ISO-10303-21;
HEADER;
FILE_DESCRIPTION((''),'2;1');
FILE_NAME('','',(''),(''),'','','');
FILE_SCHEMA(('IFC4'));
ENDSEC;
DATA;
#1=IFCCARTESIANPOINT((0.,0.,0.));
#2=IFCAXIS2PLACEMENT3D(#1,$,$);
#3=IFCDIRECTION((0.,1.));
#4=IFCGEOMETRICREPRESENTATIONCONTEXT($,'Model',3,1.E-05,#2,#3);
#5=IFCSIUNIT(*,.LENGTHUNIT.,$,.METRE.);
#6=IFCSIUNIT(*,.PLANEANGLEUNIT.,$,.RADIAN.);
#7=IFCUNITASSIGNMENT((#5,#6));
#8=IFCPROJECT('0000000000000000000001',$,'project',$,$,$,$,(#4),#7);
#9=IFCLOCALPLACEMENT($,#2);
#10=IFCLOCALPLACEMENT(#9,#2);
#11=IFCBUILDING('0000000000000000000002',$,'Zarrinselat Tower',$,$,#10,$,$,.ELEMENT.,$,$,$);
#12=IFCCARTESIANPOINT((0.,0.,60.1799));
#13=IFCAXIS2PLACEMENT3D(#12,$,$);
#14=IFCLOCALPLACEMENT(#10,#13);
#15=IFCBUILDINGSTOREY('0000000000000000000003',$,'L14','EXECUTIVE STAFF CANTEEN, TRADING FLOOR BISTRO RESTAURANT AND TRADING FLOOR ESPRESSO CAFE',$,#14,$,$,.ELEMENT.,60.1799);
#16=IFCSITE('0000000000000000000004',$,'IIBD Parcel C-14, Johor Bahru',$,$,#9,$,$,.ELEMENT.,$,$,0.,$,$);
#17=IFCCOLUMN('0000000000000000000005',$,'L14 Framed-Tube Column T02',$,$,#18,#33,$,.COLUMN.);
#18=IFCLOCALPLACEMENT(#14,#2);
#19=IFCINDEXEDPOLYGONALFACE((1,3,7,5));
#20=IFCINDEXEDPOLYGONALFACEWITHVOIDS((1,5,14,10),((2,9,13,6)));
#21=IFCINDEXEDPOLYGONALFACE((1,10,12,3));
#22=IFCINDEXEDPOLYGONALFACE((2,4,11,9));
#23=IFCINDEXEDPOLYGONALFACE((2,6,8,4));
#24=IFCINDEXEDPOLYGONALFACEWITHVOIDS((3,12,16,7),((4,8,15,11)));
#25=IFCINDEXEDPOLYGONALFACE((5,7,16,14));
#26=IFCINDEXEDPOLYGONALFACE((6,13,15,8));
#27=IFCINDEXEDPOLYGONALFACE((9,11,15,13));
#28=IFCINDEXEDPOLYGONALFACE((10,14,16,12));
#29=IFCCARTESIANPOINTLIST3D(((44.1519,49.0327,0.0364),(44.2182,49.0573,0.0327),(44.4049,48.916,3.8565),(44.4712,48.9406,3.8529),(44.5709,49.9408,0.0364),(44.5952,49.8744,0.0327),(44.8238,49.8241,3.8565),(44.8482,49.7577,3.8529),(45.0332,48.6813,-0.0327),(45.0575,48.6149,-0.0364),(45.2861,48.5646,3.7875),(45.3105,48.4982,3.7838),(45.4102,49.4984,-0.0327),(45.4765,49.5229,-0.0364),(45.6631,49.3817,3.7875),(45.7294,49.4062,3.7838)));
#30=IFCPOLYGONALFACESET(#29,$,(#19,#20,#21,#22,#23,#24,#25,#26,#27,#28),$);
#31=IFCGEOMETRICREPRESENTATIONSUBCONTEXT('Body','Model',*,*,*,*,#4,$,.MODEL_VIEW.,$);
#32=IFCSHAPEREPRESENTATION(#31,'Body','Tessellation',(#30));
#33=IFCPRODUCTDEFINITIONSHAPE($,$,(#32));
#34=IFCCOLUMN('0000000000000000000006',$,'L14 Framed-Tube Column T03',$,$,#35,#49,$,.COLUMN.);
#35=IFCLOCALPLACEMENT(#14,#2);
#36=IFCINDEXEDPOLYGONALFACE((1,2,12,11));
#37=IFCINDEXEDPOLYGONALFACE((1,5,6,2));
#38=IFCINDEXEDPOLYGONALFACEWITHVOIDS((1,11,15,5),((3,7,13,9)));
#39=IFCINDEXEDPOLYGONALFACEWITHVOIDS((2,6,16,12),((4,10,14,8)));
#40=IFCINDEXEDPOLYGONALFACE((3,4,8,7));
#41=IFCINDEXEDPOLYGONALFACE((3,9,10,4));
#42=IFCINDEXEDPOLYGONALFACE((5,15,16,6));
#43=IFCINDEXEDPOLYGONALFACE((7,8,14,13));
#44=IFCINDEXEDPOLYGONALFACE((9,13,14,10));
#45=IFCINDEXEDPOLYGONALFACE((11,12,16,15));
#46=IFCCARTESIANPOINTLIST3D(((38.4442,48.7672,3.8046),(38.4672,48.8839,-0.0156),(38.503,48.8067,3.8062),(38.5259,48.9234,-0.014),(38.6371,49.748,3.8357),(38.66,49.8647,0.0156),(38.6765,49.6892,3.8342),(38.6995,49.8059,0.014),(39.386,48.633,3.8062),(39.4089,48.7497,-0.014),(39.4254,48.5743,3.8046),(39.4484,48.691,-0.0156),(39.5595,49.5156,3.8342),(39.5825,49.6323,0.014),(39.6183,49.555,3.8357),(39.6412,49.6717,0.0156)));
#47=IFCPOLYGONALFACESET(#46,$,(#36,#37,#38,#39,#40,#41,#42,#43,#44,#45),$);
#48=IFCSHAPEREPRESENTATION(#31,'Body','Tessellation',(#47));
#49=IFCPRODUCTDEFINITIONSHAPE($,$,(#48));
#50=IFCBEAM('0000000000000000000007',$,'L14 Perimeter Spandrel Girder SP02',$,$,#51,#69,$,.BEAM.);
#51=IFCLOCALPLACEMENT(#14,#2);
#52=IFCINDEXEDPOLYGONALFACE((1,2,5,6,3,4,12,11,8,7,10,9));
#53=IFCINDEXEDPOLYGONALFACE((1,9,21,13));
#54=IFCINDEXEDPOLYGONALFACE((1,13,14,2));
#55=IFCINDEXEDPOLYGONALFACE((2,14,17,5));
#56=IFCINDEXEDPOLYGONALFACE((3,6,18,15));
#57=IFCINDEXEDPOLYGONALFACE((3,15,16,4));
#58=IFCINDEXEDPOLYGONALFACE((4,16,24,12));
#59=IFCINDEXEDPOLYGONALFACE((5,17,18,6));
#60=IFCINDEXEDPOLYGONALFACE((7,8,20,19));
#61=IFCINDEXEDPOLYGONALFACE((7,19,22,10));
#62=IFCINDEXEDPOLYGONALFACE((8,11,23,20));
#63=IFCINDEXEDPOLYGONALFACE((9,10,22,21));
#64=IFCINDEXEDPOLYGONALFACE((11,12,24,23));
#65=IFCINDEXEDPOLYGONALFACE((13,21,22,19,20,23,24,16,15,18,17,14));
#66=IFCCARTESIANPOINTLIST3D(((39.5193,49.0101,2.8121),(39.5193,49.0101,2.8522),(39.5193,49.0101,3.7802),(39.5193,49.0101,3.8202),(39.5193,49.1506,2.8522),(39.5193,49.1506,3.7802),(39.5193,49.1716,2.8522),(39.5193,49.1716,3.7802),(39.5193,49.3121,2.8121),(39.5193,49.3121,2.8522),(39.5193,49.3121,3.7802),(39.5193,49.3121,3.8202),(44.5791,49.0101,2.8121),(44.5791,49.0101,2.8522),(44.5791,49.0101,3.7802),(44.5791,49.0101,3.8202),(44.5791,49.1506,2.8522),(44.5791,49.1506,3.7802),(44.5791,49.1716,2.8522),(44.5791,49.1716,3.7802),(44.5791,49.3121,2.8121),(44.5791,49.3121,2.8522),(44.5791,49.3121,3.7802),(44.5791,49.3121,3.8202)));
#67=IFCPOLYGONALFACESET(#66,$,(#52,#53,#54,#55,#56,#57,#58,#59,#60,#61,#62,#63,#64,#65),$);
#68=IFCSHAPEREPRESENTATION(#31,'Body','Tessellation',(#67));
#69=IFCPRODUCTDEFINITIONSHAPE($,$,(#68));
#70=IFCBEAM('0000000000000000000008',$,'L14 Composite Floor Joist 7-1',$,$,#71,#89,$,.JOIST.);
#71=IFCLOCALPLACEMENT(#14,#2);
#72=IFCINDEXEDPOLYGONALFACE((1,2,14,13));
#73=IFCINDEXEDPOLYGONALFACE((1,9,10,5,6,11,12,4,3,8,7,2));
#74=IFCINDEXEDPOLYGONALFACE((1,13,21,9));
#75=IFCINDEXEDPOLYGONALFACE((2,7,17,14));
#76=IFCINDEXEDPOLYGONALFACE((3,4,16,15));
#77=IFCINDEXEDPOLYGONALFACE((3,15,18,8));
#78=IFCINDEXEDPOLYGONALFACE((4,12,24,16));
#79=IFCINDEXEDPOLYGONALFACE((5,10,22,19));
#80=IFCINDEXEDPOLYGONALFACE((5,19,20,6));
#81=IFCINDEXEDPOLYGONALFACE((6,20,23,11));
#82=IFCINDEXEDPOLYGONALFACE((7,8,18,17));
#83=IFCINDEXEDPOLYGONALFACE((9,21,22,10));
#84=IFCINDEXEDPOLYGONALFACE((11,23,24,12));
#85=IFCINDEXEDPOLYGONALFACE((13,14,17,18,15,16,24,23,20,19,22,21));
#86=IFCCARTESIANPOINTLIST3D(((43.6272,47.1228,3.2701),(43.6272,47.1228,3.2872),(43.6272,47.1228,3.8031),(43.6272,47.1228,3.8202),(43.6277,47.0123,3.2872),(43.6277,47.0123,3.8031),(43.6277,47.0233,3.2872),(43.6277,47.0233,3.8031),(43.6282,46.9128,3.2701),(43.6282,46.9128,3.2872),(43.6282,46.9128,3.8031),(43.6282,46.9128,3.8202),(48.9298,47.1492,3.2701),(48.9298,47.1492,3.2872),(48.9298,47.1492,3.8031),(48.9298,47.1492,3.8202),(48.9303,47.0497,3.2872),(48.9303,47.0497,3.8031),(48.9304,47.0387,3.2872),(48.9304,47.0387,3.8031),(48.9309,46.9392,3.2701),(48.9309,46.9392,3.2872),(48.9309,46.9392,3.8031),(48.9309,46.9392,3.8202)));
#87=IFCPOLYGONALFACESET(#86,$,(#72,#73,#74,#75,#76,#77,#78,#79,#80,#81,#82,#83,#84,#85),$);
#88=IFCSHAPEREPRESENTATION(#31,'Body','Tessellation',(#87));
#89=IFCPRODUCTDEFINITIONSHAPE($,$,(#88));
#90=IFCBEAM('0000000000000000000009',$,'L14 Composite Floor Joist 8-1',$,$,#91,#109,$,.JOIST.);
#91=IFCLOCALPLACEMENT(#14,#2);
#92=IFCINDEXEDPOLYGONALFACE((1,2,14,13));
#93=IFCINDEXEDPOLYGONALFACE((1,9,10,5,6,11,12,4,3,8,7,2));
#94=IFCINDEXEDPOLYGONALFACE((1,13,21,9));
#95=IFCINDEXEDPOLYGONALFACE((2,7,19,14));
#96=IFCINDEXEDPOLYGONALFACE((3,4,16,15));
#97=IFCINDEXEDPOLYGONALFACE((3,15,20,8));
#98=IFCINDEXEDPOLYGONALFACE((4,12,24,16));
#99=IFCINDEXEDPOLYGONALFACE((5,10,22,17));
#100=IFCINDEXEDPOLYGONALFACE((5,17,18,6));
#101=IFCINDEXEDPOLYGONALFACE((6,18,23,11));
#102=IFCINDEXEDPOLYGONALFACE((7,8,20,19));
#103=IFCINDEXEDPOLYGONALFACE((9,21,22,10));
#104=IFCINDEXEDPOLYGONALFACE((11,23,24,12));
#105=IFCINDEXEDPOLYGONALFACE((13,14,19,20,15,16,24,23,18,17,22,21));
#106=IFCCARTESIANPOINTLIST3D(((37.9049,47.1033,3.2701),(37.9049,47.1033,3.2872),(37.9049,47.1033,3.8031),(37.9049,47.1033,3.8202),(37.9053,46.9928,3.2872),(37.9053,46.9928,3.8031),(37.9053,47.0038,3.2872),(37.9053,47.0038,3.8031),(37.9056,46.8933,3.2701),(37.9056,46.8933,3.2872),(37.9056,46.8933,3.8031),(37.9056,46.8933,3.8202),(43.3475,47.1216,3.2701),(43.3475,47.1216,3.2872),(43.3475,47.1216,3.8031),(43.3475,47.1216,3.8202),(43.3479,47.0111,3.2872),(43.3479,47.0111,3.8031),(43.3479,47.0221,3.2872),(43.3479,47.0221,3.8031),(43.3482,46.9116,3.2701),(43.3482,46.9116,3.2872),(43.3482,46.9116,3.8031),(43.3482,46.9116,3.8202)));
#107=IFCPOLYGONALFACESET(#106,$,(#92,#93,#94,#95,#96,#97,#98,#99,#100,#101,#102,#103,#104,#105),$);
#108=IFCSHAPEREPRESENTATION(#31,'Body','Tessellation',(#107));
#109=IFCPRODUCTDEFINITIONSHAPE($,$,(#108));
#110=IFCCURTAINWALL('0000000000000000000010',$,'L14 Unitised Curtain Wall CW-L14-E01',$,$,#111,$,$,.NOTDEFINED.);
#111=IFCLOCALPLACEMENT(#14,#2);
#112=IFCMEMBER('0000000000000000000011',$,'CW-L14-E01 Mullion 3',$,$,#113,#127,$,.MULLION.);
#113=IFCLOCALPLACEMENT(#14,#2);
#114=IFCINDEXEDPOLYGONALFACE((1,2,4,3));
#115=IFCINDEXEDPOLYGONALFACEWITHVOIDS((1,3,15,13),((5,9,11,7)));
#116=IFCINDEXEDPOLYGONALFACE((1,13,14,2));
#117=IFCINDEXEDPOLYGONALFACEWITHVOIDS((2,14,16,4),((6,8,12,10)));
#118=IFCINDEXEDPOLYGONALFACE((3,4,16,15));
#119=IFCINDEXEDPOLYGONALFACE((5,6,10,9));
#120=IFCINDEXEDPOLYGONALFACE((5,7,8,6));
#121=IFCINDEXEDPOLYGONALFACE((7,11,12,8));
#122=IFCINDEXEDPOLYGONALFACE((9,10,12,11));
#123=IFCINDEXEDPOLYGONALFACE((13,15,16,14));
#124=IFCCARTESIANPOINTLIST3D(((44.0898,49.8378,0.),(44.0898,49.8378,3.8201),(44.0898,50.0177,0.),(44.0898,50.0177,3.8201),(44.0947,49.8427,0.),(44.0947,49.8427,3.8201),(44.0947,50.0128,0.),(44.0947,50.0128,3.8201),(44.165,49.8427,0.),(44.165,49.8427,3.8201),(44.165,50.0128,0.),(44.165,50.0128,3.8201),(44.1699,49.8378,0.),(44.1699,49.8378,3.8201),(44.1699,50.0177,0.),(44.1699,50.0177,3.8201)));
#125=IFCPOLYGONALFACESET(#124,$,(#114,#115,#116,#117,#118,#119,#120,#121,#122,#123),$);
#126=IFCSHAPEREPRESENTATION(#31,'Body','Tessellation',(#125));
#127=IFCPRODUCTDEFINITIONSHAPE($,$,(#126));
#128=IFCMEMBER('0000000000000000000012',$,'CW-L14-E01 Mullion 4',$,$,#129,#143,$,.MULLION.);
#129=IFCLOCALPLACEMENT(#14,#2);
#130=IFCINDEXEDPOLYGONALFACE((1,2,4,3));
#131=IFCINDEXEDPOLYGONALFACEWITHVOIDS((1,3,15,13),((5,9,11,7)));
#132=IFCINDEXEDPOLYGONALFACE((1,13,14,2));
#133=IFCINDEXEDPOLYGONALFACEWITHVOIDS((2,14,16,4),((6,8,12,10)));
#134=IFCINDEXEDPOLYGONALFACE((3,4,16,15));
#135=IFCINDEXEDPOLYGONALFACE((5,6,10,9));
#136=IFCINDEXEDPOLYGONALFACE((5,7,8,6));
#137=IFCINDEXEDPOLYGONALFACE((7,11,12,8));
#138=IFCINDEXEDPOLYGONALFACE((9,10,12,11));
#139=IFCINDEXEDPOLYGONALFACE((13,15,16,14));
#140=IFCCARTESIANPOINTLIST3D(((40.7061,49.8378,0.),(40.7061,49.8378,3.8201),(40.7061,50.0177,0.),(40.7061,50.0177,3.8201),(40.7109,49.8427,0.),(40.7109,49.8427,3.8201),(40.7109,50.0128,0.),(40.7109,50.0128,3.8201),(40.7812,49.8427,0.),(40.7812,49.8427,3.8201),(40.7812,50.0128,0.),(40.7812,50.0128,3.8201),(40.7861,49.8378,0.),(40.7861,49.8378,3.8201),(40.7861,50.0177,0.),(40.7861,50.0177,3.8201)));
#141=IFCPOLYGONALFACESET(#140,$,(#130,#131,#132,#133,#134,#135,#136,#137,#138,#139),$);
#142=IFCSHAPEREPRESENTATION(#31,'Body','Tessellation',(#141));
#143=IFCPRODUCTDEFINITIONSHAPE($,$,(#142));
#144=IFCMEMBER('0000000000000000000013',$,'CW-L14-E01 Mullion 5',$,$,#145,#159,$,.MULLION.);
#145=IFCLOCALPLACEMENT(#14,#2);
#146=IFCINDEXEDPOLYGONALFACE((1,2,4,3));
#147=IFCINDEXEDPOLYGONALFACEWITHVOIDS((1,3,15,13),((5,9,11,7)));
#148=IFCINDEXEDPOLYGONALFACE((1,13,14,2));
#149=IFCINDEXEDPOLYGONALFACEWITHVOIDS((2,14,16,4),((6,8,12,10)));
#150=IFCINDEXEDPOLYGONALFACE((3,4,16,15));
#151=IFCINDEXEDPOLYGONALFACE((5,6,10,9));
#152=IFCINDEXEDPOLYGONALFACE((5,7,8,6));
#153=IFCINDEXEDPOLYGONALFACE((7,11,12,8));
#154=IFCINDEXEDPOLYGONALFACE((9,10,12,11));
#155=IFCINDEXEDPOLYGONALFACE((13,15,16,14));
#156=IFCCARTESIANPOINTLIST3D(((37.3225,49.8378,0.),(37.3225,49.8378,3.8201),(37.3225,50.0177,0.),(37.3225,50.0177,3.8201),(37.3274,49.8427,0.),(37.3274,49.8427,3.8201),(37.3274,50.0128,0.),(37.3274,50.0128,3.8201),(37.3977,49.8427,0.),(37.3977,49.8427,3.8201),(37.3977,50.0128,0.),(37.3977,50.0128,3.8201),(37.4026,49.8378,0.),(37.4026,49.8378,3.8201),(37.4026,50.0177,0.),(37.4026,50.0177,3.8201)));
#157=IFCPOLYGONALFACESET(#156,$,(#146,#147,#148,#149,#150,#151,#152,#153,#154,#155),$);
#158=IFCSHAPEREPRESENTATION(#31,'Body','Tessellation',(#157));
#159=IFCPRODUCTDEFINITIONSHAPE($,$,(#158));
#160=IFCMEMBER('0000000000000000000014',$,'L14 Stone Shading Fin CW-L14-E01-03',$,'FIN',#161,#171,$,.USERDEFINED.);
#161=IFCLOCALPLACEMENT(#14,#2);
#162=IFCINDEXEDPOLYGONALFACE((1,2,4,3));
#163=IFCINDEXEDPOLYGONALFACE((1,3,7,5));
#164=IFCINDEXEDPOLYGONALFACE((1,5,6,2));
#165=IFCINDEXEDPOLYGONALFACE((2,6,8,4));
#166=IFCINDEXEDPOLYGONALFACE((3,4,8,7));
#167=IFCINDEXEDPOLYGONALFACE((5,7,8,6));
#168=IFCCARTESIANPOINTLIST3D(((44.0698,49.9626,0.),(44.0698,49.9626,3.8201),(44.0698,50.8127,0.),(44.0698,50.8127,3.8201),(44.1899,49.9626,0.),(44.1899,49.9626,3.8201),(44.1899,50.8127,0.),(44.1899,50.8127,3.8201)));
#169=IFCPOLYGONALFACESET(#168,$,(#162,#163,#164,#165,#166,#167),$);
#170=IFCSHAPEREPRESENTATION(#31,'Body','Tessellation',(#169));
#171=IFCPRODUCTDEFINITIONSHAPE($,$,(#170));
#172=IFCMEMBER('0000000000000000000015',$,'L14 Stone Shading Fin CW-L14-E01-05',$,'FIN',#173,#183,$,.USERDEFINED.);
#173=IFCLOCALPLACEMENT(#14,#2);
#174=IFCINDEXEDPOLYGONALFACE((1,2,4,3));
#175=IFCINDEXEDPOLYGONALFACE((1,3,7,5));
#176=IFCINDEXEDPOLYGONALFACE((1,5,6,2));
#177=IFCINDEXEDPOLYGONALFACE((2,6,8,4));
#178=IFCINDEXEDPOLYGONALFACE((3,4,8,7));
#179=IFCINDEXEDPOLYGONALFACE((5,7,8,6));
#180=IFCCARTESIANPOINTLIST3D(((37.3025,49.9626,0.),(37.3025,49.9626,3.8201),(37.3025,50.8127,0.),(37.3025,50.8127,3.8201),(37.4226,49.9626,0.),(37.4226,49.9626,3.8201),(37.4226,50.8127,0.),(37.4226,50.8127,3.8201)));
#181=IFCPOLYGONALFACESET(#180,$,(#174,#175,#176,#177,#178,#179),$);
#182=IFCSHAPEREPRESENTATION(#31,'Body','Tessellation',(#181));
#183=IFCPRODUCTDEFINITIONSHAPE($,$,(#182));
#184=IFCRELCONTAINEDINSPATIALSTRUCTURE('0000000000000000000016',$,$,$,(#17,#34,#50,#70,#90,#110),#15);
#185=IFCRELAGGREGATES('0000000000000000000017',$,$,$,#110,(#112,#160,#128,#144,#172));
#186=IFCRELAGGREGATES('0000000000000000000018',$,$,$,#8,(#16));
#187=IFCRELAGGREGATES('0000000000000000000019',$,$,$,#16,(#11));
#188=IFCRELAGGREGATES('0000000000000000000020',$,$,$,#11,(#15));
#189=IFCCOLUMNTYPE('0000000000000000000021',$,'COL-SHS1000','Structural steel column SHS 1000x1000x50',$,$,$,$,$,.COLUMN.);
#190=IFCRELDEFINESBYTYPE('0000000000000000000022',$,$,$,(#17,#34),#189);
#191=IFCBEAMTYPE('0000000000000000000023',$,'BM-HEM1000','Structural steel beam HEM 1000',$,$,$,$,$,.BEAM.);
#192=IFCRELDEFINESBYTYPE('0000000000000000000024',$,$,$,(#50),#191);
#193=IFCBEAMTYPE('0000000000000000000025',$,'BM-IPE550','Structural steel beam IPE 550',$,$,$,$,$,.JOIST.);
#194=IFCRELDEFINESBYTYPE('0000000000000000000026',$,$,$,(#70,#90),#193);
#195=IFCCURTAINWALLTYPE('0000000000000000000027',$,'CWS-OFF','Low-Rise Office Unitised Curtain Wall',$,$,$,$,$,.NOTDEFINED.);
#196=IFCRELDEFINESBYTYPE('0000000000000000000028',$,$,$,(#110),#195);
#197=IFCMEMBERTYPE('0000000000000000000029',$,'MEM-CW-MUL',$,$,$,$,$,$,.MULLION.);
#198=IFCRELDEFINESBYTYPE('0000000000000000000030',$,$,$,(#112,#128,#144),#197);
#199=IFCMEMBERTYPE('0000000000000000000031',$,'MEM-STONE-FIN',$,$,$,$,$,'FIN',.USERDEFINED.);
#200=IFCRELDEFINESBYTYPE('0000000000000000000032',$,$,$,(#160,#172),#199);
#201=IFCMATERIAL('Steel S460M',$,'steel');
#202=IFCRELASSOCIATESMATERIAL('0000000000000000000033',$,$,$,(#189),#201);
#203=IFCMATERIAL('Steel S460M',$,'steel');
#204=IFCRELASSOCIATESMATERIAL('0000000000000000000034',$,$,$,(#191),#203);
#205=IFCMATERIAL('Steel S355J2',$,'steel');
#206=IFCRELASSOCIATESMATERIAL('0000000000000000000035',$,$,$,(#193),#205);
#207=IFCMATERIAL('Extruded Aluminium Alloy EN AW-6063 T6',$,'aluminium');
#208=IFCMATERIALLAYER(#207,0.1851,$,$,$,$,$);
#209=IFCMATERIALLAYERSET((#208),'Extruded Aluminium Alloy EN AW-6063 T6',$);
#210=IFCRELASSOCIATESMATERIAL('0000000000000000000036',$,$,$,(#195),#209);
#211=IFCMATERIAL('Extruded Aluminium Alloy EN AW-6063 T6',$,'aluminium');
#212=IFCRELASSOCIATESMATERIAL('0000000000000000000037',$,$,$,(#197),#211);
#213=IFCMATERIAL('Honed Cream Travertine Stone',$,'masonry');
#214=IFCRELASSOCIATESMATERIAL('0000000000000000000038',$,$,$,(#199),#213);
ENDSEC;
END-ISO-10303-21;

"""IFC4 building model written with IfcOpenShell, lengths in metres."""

from ifc_helpers import new_model, si_unit, direction, frame, origin, origin_2d, place, context, subcontext, project, spatial, rectangle, hollow_rectangle, i_section, extrude, material, layer, layer_set, material_profile, profile_set, type_object, element, aggregate, save


model = new_model("IFC4")

# Units and contexts
model_context = context("Model", 3, precision=1e-05, world=origin(), true_north=direction((0.0, 1.0)))
body_context = subcontext(model_context, "Body", "Model", "MODEL_VIEW")
ifc_project = project(units=[si_unit("LENGTHUNIT", "METRE"), si_unit("PLANEANGLEUNIT", "RADIAN")], contexts=[model_context])

# Site, building, storey
site_placement = place(None, origin())
site = spatial("IfcSite", under=ifc_project, at=site_placement, Name="IIBD Parcel C-14, Johor Bahru", CompositionType="ELEMENT", RefElevation=0.0)
building_placement = place(site_placement, origin())
building = spatial("IfcBuilding", under=site, at=building_placement, Name="Zarrinselat Tower", CompositionType="ELEMENT")
storey_placement = place(building_placement, frame((0.0, 0.0, 60.1799)))
storey = spatial("IfcBuildingStorey", under=building, at=storey_placement, Name="L14", Description="EXECUTIVE STAFF CANTEEN, TRADING FLOOR BISTRO RESTAURANT AND TRADING FLOOR ESPRESSO CAFE", CompositionType="ELEMENT", Elevation=60.1799)

# Columns
ifc_material_1 = material(Name="Steel S460M", Category="steel")
ifc_material_profile_1 = material_profile(ifc_material_1, hollow_rectangle(XDim=1.0, YDim=1.0, WallThickness=0.05, at=origin_2d()), Name="SHS 1000x1000x50")
ifc_profile_set_1 = profile_set([ifc_material_profile_1], Name="Steel S460M")
column_type = type_object("IfcColumnType", Name="COL-SHS1000", Description="Structural steel column SHS 1000x1000x50", PredefinedType="COLUMN", material=ifc_profile_set_1)
column_1_placement = place(storey_placement, frame((44.8142, 49.2778, 0.0), z_axis=(0.066035, -0.030468, 0.997352), x_axis=(0.418947, 0.908011, 0.0)))
element("IfcColumn", 1, at=column_1_placement, inside=storey, type_object=column_type, Name="L14 Framed-Tube Column T02", PredefinedType="COLUMN", context=body_context, shape_type="SweptSolid", body=[
    extrude(hollow_rectangle(XDim=1.0, YDim=1.0, WallThickness=0.05, at=origin_2d()), origin(), (0.0, 0.0, 1.0), 3.8303),
])
column_2_placement = place(storey_placement, frame((39.0542, 49.2778, 0.0), z_axis=(-0.006005, -0.030534, 0.999516), x_axis=(0.981207, -0.192957, 0.0)))
element("IfcColumn", 2, at=column_2_placement, inside=storey, type_object=column_type, Name="L14 Framed-Tube Column T03", PredefinedType="COLUMN", context=body_context, shape_type="SweptSolid", body=[
    extrude(hollow_rectangle(XDim=1.0, YDim=1.0, WallThickness=0.05, at=origin_2d()), origin(), (0.0, 0.0, 1.0), 3.822),
])

# Beams
ifc_material_2 = material(Name="Steel S460M", Category="steel")
ifc_material_profile_2 = material_profile(ifc_material_2, i_section(OverallWidth=0.302, OverallDepth=1.0081, WebThickness=0.021, FlangeThickness=0.04, at=origin_2d()), Name="HEM 1000")
ifc_profile_set_2 = profile_set([ifc_material_profile_2], Name="Steel S460M")
beam_type_1 = type_object("IfcBeamType", Name="BM-HEM1000", Description="Structural steel beam HEM 1000", PredefinedType="BEAM", material=ifc_profile_set_2)
beam_1_placement = place(storey_placement, frame((39.5193, 49.1611, 3.3162), z_axis=(1.0, 0.0, 0.0), x_axis=(0.0, 1.0, 0.0)))
element("IfcBeam", 3, at=beam_1_placement, inside=storey, type_object=beam_type_1, Name="L14 Perimeter Spandrel Girder SP02", PredefinedType="BEAM", context=body_context, shape_type="SweptSolid", body=[
    extrude(i_section(OverallWidth=0.302, OverallDepth=1.0081, WebThickness=0.021, FlangeThickness=0.04, at=origin_2d()), origin(), (0.0, 0.0, 1.0), 5.0598),
])
ifc_material_3 = material(Name="Steel S355J2", Category="steel")
ifc_material_profile_3 = material_profile(ifc_material_3, i_section(OverallWidth=0.21, OverallDepth=0.55, WebThickness=0.011, FlangeThickness=0.0171, at=origin_2d()), Name="IPE 550")
ifc_profile_set_3 = profile_set([ifc_material_profile_3], Name="Steel S355J2")
beam_type_2 = type_object("IfcBeamType", Name="BM-IPE550", Description="Structural steel beam IPE 550", PredefinedType="JOIST", material=ifc_profile_set_3)
beam_2_placement = place(storey_placement, frame((43.6277, 47.0178, 3.5452), z_axis=(0.999988, 0.004972, 0.0), x_axis=(-0.004972, 0.999988, 0.0)))
element("IfcBeam", 4, at=beam_2_placement, inside=storey, type_object=beam_type_2, Name="L14 Composite Floor Joist 7-1", PredefinedType="JOIST", context=body_context, shape_type="SweptSolid", body=[
    extrude(i_section(OverallWidth=0.21, OverallDepth=0.55, WebThickness=0.011, FlangeThickness=0.0171, at=origin_2d()), origin(), (0.0, 0.0, 1.0), 5.3027),
])
beam_3_placement = place(storey_placement, frame((37.9053, 46.9983, 3.5452), z_axis=(0.999994, 0.003364, 0.0), x_axis=(-0.003364, 0.999994, 0.0)))
element("IfcBeam", 5, at=beam_3_placement, inside=storey, type_object=beam_type_2, Name="L14 Composite Floor Joist 8-1", PredefinedType="JOIST", context=body_context, shape_type="SweptSolid", body=[
    extrude(i_section(OverallWidth=0.21, OverallDepth=0.55, WebThickness=0.011, FlangeThickness=0.0171, at=origin_2d()), origin(), (0.0, 0.0, 1.0), 5.4426),
])

# Curtain wall, members
ifc_material_4 = material(Name="Extruded Aluminium Alloy EN AW-6063 T6", Category="aluminium")
ifc_layer_1 = layer(ifc_material_4, 0.1851)
ifc_layer_set_1 = layer_set([ifc_layer_1], Name="Extruded Aluminium Alloy EN AW-6063 T6")
curtain_wall_type = type_object("IfcCurtainWallType", Name="CWS-OFF", Description="Low-Rise Office Unitised Curtain Wall", PredefinedType="NOTDEFINED", material=ifc_layer_set_1)
curtain_wall_placement = place(storey_placement, origin())
curtain_wall = element("IfcCurtainWall", 6, at=curtain_wall_placement, inside=storey, type_object=curtain_wall_type, Name="L14 Unitised Curtain Wall CW-L14-E01", PredefinedType="NOTDEFINED")
ifc_material_5 = material(Name="Extruded Aluminium Alloy EN AW-6063 T6", Category="aluminium")
ifc_material_profile_4 = material_profile(ifc_material_5, hollow_rectangle(XDim=0.0801, YDim=0.1799, WallThickness=0.0049, at=origin_2d()), Name="RHS 180x80x5")
ifc_profile_set_4 = profile_set([ifc_material_profile_4], Name="Extruded Aluminium Alloy EN AW-6063 T6")
member_type_1 = type_object("IfcMemberType", Name="MEM-CW-MUL", PredefinedType="MULLION", material=ifc_profile_set_4)
member_1_placement = place(storey_placement, frame((44.1299, 49.9277, 0.0), z_axis=(0.0, 0.0, 1.0), x_axis=(-1.0, 0.0, 0.0)))
member_1 = element("IfcMember", 7, at=member_1_placement, type_object=member_type_1, Name="CW-L14-E01 Mullion 3", PredefinedType="MULLION", context=body_context, shape_type="SweptSolid", body=[
    extrude(hollow_rectangle(XDim=0.0801, YDim=0.1799, WallThickness=0.0049, at=origin_2d()), origin(), (0.0, 0.0, 1.0), 3.8201),
])
member_2_placement = place(storey_placement, frame((40.7461, 49.9277, 0.0), z_axis=(0.0, 0.0, 1.0), x_axis=(-1.0, 0.0, 0.0)))
member_2 = element("IfcMember", 8, at=member_2_placement, type_object=member_type_1, Name="CW-L14-E01 Mullion 4", PredefinedType="MULLION", context=body_context, shape_type="SweptSolid", body=[
    extrude(hollow_rectangle(XDim=0.0801, YDim=0.1799, WallThickness=0.0049, at=origin_2d()), origin(), (0.0, 0.0, 1.0), 3.8201),
])
member_3_placement = place(storey_placement, frame((37.3625, 49.9277, 0.0), z_axis=(0.0, 0.0, 1.0), x_axis=(-1.0, 0.0, 0.0)))
member_3 = element("IfcMember", 9, at=member_3_placement, type_object=member_type_1, Name="CW-L14-E01 Mullion 5", PredefinedType="MULLION", context=body_context, shape_type="SweptSolid", body=[
    extrude(hollow_rectangle(XDim=0.0801, YDim=0.1799, WallThickness=0.0049, at=origin_2d()), origin(), (0.0, 0.0, 1.0), 3.8201),
])
ifc_material_6 = material(Name="Honed Cream Travertine Stone", Category="masonry")
ifc_material_profile_5 = material_profile(ifc_material_6, rectangle(XDim=0.1201, YDim=0.8501, at=origin_2d()), Name="FIN 850x120")
ifc_profile_set_5 = profile_set([ifc_material_profile_5], Name="Honed Cream Travertine Stone")
member_type_2 = type_object("IfcMemberType", Name="MEM-STONE-FIN", ElementType="FIN", PredefinedType="USERDEFINED", material=ifc_profile_set_5)
member_4_placement = place(storey_placement, frame((44.1299, 50.3877, 0.0), z_axis=(0.0, 0.0, 1.0), x_axis=(1.0, 0.0, 0.0)))
member_4 = element("IfcMember", 10, at=member_4_placement, type_object=member_type_2, Name="L14 Stone Shading Fin CW-L14-E01-03", ObjectType="FIN", PredefinedType="USERDEFINED", context=body_context, shape_type="SweptSolid", body=[
    extrude(rectangle(XDim=0.1201, YDim=0.8501, at=origin_2d()), origin(), (0.0, 0.0, 1.0), 3.8201),
])
member_5_placement = place(storey_placement, frame((37.3625, 50.3877, 0.0), z_axis=(0.0, 0.0, 1.0), x_axis=(1.0, 0.0, 0.0)))
member_5 = element("IfcMember", 11, at=member_5_placement, type_object=member_type_2, Name="L14 Stone Shading Fin CW-L14-E01-05", ObjectType="FIN", PredefinedType="USERDEFINED", context=body_context, shape_type="SweptSolid", body=[
    extrude(rectangle(XDim=0.1201, YDim=0.8501, at=origin_2d()), origin(), (0.0, 0.0, 1.0), 3.8201),
])
aggregate(curtain_wall, [member_1, member_4, member_2, member_3, member_5])

save(model, "model.ifc")
